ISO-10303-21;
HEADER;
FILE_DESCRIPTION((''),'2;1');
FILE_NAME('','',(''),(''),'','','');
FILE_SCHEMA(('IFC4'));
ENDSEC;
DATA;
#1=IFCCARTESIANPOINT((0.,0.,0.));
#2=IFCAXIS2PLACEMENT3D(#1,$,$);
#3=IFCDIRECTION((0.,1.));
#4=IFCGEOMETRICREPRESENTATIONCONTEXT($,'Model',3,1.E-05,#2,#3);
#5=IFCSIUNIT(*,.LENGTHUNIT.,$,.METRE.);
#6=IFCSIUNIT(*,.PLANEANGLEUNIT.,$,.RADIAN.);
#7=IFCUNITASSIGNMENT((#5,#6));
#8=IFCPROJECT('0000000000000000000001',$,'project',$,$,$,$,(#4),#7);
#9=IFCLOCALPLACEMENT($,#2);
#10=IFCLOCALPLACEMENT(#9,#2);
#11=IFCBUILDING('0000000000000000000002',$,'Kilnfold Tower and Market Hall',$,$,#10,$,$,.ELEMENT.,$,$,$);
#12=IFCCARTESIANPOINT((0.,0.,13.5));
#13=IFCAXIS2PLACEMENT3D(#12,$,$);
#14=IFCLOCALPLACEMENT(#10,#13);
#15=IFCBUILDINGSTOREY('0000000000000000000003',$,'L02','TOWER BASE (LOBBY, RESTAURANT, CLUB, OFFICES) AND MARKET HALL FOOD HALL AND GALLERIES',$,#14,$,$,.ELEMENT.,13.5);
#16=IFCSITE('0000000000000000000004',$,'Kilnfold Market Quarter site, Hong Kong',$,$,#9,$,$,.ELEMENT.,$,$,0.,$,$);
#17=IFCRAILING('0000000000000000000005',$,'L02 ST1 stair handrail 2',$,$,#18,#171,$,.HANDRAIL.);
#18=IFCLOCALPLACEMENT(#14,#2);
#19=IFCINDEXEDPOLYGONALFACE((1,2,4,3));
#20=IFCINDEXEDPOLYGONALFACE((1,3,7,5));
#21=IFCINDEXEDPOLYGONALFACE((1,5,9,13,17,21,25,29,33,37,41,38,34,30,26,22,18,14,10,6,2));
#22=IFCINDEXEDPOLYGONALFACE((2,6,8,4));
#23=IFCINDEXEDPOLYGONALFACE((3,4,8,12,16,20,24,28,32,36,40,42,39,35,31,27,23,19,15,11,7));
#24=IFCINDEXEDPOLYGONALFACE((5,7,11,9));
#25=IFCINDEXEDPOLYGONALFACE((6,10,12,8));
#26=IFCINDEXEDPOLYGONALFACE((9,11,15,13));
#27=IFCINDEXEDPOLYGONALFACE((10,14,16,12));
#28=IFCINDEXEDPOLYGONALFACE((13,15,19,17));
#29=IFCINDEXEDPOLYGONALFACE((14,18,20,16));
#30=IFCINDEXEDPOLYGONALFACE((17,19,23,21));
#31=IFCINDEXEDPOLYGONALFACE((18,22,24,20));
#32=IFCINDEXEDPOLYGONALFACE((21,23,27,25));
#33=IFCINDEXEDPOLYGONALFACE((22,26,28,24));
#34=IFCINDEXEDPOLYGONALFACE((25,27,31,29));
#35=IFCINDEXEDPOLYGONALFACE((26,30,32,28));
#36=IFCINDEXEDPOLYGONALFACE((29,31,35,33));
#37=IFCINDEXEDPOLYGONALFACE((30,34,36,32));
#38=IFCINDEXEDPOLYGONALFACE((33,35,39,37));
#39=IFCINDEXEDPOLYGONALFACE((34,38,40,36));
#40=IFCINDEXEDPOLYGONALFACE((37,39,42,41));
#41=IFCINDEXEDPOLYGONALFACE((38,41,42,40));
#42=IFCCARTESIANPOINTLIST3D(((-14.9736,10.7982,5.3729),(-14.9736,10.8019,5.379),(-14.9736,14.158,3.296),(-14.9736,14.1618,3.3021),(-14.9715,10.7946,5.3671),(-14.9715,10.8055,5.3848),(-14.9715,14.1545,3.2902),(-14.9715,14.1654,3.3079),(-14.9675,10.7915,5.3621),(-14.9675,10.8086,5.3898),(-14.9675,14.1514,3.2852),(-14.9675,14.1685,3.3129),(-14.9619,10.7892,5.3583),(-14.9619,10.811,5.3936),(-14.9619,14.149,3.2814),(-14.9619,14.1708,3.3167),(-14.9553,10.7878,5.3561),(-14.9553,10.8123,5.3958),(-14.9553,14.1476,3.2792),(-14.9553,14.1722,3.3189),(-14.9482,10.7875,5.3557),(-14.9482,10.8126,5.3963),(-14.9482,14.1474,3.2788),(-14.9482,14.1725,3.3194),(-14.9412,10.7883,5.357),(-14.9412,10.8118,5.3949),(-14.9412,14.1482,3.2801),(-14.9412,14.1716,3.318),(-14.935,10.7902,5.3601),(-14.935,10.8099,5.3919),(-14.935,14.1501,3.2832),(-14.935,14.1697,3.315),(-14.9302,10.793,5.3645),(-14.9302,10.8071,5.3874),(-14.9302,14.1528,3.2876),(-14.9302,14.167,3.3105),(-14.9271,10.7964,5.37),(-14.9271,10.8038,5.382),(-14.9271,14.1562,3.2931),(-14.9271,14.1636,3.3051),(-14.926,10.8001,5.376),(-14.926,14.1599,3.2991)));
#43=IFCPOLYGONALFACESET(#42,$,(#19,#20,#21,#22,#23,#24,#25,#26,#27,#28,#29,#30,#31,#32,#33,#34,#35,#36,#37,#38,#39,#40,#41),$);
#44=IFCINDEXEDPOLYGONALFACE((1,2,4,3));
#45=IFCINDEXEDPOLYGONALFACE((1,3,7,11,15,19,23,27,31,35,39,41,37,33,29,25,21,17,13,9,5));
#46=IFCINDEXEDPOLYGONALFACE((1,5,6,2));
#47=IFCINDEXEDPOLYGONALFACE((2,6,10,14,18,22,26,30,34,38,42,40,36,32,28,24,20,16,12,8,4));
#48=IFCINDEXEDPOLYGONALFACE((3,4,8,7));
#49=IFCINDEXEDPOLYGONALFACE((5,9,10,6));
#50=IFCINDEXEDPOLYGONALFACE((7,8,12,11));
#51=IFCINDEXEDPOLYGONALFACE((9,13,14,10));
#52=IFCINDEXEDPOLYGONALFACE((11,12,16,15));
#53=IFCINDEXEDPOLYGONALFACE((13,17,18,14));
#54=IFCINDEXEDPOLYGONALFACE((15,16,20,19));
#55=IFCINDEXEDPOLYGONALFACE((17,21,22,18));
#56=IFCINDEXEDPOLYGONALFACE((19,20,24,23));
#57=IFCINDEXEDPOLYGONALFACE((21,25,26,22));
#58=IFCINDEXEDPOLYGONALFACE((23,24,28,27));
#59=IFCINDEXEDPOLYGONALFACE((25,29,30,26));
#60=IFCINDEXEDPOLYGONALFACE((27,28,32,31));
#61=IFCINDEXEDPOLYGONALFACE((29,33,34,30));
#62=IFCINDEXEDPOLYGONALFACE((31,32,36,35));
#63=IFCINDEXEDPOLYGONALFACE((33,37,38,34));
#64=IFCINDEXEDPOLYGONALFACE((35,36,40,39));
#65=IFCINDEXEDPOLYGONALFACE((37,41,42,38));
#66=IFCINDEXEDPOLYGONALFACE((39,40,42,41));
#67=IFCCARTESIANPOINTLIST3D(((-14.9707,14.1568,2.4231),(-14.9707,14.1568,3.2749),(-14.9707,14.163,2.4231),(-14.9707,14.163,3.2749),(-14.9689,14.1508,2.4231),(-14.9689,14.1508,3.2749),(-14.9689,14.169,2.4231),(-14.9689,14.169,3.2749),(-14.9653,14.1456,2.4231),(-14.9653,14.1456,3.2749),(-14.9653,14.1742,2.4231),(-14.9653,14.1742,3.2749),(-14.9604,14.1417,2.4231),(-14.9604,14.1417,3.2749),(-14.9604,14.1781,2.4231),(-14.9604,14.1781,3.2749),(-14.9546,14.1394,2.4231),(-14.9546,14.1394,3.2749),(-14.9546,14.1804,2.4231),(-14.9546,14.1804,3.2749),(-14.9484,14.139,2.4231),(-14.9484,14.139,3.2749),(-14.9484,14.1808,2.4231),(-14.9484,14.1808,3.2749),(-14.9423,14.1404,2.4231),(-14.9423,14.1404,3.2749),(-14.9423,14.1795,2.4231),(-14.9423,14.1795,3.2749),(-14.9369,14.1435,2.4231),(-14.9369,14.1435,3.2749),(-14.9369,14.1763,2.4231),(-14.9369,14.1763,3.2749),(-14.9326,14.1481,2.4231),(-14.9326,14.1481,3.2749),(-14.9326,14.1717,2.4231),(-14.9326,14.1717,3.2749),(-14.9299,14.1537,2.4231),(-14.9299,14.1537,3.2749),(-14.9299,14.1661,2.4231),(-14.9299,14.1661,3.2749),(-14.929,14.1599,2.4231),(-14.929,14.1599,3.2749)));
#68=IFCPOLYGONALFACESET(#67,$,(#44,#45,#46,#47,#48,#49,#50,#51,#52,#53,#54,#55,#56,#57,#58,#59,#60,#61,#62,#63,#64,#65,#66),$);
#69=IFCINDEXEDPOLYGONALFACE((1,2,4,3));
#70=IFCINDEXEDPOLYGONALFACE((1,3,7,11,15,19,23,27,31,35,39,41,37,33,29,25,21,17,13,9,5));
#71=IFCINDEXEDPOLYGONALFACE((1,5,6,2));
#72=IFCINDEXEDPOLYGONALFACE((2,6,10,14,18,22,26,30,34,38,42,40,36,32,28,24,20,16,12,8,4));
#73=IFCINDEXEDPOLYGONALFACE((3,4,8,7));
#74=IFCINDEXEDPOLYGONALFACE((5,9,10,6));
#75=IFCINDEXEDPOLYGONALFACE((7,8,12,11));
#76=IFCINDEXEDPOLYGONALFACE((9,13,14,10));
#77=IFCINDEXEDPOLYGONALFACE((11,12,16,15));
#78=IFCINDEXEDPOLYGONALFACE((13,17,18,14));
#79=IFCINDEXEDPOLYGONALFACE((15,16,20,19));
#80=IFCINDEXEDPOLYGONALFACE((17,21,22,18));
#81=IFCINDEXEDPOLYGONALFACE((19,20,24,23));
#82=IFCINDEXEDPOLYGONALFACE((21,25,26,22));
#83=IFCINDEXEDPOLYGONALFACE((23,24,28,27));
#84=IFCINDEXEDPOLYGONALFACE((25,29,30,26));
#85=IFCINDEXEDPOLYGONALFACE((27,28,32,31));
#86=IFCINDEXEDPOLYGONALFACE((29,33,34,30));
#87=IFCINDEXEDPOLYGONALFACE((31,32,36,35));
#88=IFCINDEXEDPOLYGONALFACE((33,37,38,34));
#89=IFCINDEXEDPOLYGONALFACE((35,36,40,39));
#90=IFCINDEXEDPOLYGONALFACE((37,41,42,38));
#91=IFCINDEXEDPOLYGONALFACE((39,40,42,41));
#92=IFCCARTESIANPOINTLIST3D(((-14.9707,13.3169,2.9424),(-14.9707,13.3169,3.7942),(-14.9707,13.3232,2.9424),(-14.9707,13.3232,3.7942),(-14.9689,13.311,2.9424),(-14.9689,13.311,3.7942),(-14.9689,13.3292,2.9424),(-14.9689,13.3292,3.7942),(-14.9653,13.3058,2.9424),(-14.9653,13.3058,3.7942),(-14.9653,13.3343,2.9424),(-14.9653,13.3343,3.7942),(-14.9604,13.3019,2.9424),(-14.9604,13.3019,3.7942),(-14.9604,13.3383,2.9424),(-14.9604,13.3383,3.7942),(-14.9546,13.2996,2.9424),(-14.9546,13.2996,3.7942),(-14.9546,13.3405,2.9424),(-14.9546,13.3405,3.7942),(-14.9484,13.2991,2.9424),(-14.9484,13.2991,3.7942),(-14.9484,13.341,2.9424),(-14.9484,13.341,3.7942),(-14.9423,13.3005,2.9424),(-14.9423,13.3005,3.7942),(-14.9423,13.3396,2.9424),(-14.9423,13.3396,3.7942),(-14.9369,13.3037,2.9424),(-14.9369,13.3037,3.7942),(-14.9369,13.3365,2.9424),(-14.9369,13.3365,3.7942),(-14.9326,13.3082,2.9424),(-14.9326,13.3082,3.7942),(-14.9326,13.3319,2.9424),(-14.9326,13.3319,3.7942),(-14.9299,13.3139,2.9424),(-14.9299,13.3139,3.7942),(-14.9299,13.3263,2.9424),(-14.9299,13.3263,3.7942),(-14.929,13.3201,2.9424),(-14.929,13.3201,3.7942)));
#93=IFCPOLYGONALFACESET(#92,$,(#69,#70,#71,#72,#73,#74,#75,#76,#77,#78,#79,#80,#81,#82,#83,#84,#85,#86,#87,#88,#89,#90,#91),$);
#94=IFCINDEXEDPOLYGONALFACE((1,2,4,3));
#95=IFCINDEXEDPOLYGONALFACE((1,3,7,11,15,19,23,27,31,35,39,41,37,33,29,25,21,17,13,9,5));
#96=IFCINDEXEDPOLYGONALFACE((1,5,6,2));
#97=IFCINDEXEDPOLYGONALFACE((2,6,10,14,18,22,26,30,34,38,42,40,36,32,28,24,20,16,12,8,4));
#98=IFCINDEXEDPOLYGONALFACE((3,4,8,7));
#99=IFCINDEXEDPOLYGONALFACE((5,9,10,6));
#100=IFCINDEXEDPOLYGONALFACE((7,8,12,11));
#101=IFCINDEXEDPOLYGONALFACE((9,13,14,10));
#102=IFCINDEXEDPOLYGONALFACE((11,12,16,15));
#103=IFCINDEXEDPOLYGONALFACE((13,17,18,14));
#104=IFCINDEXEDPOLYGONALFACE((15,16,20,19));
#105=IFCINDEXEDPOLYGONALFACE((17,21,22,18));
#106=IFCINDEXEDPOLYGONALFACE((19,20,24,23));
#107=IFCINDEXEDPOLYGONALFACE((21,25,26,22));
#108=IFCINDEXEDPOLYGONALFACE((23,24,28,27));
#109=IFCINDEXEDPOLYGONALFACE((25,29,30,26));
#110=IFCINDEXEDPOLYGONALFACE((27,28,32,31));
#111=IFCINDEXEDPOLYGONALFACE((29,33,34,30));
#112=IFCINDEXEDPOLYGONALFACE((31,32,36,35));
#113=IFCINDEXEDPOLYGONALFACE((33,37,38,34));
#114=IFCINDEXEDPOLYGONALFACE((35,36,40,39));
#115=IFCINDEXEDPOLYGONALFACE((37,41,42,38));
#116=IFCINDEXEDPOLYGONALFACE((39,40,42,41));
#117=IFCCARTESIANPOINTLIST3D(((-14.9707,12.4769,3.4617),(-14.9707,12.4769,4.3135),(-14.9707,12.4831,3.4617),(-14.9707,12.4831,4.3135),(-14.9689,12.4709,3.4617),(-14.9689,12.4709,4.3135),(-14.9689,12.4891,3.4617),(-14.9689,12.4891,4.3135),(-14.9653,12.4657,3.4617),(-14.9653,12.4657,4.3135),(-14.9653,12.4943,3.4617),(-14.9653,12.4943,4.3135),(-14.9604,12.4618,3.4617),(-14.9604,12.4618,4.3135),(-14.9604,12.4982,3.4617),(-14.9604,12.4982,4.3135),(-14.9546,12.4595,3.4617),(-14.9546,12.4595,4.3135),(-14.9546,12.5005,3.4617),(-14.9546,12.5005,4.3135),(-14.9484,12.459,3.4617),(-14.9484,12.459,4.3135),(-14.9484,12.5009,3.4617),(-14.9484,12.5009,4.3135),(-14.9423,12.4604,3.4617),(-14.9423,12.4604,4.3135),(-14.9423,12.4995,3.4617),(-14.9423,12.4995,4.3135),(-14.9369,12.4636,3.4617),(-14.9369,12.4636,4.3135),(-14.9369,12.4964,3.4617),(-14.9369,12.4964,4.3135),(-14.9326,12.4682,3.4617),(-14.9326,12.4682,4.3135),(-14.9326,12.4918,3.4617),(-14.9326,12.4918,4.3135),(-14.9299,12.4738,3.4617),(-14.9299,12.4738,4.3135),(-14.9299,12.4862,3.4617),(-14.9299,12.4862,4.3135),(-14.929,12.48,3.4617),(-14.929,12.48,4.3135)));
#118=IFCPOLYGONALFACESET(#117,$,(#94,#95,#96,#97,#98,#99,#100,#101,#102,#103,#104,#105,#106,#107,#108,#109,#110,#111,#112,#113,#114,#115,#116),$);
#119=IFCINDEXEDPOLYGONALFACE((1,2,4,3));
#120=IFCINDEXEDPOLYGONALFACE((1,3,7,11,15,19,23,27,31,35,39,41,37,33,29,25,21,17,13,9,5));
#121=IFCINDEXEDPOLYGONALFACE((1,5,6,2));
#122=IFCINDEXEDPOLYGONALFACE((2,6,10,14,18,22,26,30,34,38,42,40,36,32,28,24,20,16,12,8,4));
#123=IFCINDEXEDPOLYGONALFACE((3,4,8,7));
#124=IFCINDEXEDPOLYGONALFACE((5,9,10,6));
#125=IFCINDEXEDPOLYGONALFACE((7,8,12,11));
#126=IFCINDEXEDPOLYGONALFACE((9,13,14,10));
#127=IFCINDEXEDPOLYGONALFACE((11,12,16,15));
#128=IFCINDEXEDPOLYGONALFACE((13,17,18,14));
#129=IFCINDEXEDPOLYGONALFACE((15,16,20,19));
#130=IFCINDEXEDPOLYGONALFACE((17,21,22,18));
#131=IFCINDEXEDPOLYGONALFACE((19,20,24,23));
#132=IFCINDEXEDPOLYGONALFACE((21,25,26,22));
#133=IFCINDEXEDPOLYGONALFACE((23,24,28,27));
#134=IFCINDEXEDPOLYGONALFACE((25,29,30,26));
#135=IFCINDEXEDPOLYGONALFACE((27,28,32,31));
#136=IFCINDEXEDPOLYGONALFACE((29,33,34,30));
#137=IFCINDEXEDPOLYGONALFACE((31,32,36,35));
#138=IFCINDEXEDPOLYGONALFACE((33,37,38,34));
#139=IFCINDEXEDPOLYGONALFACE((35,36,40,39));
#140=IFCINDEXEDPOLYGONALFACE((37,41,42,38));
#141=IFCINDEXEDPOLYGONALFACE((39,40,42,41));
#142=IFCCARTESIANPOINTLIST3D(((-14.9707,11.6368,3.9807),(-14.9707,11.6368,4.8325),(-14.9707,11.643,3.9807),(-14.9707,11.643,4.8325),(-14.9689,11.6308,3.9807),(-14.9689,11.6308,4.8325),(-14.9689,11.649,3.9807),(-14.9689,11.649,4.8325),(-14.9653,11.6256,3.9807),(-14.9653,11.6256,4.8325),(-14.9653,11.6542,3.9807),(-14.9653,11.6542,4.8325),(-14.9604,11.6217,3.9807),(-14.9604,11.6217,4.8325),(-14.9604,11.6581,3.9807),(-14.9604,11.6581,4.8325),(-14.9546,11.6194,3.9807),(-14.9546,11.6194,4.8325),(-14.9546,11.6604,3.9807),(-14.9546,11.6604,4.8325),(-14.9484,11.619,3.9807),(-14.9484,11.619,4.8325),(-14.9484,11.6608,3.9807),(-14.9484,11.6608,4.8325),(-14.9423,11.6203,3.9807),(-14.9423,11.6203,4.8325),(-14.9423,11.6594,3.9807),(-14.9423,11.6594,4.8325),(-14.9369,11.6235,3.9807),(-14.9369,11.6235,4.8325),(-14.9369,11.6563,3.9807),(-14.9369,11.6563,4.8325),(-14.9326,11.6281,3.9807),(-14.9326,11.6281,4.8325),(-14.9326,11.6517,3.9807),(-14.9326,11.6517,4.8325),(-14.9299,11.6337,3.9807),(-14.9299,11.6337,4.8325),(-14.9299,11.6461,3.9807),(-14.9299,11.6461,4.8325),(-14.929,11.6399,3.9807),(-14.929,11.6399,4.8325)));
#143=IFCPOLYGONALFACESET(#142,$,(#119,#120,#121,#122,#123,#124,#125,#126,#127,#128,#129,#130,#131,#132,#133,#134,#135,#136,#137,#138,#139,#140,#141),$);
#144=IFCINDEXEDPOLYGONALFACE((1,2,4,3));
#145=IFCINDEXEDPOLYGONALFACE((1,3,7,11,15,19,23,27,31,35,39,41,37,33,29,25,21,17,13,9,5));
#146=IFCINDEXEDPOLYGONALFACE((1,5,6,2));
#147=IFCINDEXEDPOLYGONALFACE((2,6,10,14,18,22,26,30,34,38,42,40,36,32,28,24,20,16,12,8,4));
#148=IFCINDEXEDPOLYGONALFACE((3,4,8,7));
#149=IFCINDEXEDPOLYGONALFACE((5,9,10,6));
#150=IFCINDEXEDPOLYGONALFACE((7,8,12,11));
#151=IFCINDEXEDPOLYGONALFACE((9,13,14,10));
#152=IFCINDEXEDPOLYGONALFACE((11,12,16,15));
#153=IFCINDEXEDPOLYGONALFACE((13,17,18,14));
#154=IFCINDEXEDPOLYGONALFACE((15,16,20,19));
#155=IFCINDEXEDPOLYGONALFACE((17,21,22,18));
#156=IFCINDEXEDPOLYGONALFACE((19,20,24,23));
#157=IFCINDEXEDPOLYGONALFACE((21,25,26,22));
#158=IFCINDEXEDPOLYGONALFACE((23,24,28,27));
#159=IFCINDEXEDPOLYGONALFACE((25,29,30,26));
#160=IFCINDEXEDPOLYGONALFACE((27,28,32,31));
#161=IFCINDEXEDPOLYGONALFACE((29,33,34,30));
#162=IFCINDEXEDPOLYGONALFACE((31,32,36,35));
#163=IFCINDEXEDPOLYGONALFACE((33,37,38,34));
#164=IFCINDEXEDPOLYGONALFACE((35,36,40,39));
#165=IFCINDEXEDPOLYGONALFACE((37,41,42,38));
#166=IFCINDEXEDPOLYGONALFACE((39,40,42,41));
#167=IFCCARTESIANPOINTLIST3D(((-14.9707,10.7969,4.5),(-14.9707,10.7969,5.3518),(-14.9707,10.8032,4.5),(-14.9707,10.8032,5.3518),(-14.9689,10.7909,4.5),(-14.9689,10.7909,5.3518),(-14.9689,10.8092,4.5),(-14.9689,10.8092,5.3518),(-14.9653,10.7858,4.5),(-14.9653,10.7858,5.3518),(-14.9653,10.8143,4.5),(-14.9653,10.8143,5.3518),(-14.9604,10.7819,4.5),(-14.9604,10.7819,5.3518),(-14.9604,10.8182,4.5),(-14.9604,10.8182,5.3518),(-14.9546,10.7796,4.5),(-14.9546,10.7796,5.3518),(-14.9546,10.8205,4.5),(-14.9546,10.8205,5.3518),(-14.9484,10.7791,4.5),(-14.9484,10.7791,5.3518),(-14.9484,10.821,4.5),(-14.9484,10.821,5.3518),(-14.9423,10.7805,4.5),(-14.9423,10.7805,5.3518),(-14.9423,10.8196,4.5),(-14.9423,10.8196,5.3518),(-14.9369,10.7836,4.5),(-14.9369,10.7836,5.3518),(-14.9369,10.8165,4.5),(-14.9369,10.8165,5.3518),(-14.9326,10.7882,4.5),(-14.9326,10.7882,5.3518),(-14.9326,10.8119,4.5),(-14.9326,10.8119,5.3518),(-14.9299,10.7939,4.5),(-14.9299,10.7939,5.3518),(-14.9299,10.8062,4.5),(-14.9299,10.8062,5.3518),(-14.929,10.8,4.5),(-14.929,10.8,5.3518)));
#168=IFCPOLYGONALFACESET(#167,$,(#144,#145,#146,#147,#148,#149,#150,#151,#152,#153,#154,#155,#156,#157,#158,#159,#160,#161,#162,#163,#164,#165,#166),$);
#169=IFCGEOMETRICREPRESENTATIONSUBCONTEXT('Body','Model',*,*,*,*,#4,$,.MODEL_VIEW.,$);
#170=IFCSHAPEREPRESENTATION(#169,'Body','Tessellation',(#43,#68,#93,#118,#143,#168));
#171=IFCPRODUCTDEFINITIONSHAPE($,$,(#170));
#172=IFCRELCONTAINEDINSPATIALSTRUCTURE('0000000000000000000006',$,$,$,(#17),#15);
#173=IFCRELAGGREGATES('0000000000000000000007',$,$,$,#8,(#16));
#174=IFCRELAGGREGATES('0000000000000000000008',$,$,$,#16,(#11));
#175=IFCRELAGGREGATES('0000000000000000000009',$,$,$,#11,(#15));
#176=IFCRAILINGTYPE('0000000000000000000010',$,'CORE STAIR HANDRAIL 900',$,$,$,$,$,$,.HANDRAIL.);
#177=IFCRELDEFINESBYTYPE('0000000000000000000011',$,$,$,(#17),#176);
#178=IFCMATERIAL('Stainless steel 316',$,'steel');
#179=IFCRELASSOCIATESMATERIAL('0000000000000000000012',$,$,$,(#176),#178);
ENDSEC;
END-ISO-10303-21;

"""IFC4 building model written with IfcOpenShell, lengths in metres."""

from ifc_helpers import new_model, si_unit, direction, frame, origin, origin_2d, place, context, subcontext, project, spatial, circle, extrude, material, type_object, element, save


model = new_model("IFC4")

# Units and contexts
model_context = context("Model", 3, precision=1e-05, world=origin(), true_north=direction((0.0, 1.0)))
body_context = subcontext(model_context, "Body", "Model", "MODEL_VIEW")
ifc_project = project(units=[si_unit("LENGTHUNIT", "METRE"), si_unit("PLANEANGLEUNIT", "RADIAN")], contexts=[model_context])

# Site, building, storey
site_placement = place(None, origin())
site = spatial("IfcSite", under=ifc_project, at=site_placement, Name="Kilnfold Market Quarter site, Hong Kong", CompositionType="ELEMENT", RefElevation=0.0)
building_placement = place(site_placement, origin())
building = spatial("IfcBuilding", under=site, at=building_placement, Name="Kilnfold Tower and Market Hall", CompositionType="ELEMENT")
storey_placement = place(building_placement, frame((0.0, 0.0, 13.5)))
storey = spatial("IfcBuildingStorey", under=building, at=storey_placement, Name="L02", Description="TOWER BASE (LOBBY, RESTAURANT, CLUB, OFFICES) AND MARKET HALL FOOD HALL AND GALLERIES", CompositionType="ELEMENT", Elevation=13.5)

# Railing
ifc_material_1 = material(Name="Stainless steel 316", Category="steel")
railing_type_1 = type_object("IfcRailingType", Name="CORE STAIR HANDRAIL 900", PredefinedType="HANDRAIL", material=ifc_material_1)
railing_1_placement = place(storey_placement, frame((-14.95, 14.1599, 2.4231)))
element("IfcRailing", 1, at=railing_1_placement, inside=storey, type_object=railing_type_1, Name="L02 ST1 stair handrail 2", PredefinedType="HANDRAIL", context=body_context, shape_type="SweptSolid", body=[
    extrude(circle(Radius=0.0239, at=origin_2d()), frame((0.0, 0.0, 0.876), z_axis=(0.0, -0.850606, 0.525803), x_axis=(1.0, 0.0, 0.0)), (0.0, 0.0, 1.0), 3.95),
    extrude(circle(Radius=0.021, at=origin_2d()), origin(), (0.0, 0.0, 1.0), 0.8518),
    extrude(circle(Radius=0.021, at=origin_2d()), frame((0.0, -0.8398, 0.5193)), (0.0, 0.0, 1.0), 0.8518),
    extrude(circle(Radius=0.021, at=origin_2d()), frame((0.0, -1.6799, 1.0386)), (0.0, 0.0, 1.0), 0.8518),
    extrude(circle(Radius=0.021, at=origin_2d()), frame((0.0, -2.52, 1.5576)), (0.0, 0.0, 1.0), 0.8518),
    extrude(circle(Radius=0.021, at=origin_2d()), frame((0.0, -3.3599, 2.0769)), (0.0, 0.0, 1.0), 0.8518),
])

save(model, "model.ifc")
